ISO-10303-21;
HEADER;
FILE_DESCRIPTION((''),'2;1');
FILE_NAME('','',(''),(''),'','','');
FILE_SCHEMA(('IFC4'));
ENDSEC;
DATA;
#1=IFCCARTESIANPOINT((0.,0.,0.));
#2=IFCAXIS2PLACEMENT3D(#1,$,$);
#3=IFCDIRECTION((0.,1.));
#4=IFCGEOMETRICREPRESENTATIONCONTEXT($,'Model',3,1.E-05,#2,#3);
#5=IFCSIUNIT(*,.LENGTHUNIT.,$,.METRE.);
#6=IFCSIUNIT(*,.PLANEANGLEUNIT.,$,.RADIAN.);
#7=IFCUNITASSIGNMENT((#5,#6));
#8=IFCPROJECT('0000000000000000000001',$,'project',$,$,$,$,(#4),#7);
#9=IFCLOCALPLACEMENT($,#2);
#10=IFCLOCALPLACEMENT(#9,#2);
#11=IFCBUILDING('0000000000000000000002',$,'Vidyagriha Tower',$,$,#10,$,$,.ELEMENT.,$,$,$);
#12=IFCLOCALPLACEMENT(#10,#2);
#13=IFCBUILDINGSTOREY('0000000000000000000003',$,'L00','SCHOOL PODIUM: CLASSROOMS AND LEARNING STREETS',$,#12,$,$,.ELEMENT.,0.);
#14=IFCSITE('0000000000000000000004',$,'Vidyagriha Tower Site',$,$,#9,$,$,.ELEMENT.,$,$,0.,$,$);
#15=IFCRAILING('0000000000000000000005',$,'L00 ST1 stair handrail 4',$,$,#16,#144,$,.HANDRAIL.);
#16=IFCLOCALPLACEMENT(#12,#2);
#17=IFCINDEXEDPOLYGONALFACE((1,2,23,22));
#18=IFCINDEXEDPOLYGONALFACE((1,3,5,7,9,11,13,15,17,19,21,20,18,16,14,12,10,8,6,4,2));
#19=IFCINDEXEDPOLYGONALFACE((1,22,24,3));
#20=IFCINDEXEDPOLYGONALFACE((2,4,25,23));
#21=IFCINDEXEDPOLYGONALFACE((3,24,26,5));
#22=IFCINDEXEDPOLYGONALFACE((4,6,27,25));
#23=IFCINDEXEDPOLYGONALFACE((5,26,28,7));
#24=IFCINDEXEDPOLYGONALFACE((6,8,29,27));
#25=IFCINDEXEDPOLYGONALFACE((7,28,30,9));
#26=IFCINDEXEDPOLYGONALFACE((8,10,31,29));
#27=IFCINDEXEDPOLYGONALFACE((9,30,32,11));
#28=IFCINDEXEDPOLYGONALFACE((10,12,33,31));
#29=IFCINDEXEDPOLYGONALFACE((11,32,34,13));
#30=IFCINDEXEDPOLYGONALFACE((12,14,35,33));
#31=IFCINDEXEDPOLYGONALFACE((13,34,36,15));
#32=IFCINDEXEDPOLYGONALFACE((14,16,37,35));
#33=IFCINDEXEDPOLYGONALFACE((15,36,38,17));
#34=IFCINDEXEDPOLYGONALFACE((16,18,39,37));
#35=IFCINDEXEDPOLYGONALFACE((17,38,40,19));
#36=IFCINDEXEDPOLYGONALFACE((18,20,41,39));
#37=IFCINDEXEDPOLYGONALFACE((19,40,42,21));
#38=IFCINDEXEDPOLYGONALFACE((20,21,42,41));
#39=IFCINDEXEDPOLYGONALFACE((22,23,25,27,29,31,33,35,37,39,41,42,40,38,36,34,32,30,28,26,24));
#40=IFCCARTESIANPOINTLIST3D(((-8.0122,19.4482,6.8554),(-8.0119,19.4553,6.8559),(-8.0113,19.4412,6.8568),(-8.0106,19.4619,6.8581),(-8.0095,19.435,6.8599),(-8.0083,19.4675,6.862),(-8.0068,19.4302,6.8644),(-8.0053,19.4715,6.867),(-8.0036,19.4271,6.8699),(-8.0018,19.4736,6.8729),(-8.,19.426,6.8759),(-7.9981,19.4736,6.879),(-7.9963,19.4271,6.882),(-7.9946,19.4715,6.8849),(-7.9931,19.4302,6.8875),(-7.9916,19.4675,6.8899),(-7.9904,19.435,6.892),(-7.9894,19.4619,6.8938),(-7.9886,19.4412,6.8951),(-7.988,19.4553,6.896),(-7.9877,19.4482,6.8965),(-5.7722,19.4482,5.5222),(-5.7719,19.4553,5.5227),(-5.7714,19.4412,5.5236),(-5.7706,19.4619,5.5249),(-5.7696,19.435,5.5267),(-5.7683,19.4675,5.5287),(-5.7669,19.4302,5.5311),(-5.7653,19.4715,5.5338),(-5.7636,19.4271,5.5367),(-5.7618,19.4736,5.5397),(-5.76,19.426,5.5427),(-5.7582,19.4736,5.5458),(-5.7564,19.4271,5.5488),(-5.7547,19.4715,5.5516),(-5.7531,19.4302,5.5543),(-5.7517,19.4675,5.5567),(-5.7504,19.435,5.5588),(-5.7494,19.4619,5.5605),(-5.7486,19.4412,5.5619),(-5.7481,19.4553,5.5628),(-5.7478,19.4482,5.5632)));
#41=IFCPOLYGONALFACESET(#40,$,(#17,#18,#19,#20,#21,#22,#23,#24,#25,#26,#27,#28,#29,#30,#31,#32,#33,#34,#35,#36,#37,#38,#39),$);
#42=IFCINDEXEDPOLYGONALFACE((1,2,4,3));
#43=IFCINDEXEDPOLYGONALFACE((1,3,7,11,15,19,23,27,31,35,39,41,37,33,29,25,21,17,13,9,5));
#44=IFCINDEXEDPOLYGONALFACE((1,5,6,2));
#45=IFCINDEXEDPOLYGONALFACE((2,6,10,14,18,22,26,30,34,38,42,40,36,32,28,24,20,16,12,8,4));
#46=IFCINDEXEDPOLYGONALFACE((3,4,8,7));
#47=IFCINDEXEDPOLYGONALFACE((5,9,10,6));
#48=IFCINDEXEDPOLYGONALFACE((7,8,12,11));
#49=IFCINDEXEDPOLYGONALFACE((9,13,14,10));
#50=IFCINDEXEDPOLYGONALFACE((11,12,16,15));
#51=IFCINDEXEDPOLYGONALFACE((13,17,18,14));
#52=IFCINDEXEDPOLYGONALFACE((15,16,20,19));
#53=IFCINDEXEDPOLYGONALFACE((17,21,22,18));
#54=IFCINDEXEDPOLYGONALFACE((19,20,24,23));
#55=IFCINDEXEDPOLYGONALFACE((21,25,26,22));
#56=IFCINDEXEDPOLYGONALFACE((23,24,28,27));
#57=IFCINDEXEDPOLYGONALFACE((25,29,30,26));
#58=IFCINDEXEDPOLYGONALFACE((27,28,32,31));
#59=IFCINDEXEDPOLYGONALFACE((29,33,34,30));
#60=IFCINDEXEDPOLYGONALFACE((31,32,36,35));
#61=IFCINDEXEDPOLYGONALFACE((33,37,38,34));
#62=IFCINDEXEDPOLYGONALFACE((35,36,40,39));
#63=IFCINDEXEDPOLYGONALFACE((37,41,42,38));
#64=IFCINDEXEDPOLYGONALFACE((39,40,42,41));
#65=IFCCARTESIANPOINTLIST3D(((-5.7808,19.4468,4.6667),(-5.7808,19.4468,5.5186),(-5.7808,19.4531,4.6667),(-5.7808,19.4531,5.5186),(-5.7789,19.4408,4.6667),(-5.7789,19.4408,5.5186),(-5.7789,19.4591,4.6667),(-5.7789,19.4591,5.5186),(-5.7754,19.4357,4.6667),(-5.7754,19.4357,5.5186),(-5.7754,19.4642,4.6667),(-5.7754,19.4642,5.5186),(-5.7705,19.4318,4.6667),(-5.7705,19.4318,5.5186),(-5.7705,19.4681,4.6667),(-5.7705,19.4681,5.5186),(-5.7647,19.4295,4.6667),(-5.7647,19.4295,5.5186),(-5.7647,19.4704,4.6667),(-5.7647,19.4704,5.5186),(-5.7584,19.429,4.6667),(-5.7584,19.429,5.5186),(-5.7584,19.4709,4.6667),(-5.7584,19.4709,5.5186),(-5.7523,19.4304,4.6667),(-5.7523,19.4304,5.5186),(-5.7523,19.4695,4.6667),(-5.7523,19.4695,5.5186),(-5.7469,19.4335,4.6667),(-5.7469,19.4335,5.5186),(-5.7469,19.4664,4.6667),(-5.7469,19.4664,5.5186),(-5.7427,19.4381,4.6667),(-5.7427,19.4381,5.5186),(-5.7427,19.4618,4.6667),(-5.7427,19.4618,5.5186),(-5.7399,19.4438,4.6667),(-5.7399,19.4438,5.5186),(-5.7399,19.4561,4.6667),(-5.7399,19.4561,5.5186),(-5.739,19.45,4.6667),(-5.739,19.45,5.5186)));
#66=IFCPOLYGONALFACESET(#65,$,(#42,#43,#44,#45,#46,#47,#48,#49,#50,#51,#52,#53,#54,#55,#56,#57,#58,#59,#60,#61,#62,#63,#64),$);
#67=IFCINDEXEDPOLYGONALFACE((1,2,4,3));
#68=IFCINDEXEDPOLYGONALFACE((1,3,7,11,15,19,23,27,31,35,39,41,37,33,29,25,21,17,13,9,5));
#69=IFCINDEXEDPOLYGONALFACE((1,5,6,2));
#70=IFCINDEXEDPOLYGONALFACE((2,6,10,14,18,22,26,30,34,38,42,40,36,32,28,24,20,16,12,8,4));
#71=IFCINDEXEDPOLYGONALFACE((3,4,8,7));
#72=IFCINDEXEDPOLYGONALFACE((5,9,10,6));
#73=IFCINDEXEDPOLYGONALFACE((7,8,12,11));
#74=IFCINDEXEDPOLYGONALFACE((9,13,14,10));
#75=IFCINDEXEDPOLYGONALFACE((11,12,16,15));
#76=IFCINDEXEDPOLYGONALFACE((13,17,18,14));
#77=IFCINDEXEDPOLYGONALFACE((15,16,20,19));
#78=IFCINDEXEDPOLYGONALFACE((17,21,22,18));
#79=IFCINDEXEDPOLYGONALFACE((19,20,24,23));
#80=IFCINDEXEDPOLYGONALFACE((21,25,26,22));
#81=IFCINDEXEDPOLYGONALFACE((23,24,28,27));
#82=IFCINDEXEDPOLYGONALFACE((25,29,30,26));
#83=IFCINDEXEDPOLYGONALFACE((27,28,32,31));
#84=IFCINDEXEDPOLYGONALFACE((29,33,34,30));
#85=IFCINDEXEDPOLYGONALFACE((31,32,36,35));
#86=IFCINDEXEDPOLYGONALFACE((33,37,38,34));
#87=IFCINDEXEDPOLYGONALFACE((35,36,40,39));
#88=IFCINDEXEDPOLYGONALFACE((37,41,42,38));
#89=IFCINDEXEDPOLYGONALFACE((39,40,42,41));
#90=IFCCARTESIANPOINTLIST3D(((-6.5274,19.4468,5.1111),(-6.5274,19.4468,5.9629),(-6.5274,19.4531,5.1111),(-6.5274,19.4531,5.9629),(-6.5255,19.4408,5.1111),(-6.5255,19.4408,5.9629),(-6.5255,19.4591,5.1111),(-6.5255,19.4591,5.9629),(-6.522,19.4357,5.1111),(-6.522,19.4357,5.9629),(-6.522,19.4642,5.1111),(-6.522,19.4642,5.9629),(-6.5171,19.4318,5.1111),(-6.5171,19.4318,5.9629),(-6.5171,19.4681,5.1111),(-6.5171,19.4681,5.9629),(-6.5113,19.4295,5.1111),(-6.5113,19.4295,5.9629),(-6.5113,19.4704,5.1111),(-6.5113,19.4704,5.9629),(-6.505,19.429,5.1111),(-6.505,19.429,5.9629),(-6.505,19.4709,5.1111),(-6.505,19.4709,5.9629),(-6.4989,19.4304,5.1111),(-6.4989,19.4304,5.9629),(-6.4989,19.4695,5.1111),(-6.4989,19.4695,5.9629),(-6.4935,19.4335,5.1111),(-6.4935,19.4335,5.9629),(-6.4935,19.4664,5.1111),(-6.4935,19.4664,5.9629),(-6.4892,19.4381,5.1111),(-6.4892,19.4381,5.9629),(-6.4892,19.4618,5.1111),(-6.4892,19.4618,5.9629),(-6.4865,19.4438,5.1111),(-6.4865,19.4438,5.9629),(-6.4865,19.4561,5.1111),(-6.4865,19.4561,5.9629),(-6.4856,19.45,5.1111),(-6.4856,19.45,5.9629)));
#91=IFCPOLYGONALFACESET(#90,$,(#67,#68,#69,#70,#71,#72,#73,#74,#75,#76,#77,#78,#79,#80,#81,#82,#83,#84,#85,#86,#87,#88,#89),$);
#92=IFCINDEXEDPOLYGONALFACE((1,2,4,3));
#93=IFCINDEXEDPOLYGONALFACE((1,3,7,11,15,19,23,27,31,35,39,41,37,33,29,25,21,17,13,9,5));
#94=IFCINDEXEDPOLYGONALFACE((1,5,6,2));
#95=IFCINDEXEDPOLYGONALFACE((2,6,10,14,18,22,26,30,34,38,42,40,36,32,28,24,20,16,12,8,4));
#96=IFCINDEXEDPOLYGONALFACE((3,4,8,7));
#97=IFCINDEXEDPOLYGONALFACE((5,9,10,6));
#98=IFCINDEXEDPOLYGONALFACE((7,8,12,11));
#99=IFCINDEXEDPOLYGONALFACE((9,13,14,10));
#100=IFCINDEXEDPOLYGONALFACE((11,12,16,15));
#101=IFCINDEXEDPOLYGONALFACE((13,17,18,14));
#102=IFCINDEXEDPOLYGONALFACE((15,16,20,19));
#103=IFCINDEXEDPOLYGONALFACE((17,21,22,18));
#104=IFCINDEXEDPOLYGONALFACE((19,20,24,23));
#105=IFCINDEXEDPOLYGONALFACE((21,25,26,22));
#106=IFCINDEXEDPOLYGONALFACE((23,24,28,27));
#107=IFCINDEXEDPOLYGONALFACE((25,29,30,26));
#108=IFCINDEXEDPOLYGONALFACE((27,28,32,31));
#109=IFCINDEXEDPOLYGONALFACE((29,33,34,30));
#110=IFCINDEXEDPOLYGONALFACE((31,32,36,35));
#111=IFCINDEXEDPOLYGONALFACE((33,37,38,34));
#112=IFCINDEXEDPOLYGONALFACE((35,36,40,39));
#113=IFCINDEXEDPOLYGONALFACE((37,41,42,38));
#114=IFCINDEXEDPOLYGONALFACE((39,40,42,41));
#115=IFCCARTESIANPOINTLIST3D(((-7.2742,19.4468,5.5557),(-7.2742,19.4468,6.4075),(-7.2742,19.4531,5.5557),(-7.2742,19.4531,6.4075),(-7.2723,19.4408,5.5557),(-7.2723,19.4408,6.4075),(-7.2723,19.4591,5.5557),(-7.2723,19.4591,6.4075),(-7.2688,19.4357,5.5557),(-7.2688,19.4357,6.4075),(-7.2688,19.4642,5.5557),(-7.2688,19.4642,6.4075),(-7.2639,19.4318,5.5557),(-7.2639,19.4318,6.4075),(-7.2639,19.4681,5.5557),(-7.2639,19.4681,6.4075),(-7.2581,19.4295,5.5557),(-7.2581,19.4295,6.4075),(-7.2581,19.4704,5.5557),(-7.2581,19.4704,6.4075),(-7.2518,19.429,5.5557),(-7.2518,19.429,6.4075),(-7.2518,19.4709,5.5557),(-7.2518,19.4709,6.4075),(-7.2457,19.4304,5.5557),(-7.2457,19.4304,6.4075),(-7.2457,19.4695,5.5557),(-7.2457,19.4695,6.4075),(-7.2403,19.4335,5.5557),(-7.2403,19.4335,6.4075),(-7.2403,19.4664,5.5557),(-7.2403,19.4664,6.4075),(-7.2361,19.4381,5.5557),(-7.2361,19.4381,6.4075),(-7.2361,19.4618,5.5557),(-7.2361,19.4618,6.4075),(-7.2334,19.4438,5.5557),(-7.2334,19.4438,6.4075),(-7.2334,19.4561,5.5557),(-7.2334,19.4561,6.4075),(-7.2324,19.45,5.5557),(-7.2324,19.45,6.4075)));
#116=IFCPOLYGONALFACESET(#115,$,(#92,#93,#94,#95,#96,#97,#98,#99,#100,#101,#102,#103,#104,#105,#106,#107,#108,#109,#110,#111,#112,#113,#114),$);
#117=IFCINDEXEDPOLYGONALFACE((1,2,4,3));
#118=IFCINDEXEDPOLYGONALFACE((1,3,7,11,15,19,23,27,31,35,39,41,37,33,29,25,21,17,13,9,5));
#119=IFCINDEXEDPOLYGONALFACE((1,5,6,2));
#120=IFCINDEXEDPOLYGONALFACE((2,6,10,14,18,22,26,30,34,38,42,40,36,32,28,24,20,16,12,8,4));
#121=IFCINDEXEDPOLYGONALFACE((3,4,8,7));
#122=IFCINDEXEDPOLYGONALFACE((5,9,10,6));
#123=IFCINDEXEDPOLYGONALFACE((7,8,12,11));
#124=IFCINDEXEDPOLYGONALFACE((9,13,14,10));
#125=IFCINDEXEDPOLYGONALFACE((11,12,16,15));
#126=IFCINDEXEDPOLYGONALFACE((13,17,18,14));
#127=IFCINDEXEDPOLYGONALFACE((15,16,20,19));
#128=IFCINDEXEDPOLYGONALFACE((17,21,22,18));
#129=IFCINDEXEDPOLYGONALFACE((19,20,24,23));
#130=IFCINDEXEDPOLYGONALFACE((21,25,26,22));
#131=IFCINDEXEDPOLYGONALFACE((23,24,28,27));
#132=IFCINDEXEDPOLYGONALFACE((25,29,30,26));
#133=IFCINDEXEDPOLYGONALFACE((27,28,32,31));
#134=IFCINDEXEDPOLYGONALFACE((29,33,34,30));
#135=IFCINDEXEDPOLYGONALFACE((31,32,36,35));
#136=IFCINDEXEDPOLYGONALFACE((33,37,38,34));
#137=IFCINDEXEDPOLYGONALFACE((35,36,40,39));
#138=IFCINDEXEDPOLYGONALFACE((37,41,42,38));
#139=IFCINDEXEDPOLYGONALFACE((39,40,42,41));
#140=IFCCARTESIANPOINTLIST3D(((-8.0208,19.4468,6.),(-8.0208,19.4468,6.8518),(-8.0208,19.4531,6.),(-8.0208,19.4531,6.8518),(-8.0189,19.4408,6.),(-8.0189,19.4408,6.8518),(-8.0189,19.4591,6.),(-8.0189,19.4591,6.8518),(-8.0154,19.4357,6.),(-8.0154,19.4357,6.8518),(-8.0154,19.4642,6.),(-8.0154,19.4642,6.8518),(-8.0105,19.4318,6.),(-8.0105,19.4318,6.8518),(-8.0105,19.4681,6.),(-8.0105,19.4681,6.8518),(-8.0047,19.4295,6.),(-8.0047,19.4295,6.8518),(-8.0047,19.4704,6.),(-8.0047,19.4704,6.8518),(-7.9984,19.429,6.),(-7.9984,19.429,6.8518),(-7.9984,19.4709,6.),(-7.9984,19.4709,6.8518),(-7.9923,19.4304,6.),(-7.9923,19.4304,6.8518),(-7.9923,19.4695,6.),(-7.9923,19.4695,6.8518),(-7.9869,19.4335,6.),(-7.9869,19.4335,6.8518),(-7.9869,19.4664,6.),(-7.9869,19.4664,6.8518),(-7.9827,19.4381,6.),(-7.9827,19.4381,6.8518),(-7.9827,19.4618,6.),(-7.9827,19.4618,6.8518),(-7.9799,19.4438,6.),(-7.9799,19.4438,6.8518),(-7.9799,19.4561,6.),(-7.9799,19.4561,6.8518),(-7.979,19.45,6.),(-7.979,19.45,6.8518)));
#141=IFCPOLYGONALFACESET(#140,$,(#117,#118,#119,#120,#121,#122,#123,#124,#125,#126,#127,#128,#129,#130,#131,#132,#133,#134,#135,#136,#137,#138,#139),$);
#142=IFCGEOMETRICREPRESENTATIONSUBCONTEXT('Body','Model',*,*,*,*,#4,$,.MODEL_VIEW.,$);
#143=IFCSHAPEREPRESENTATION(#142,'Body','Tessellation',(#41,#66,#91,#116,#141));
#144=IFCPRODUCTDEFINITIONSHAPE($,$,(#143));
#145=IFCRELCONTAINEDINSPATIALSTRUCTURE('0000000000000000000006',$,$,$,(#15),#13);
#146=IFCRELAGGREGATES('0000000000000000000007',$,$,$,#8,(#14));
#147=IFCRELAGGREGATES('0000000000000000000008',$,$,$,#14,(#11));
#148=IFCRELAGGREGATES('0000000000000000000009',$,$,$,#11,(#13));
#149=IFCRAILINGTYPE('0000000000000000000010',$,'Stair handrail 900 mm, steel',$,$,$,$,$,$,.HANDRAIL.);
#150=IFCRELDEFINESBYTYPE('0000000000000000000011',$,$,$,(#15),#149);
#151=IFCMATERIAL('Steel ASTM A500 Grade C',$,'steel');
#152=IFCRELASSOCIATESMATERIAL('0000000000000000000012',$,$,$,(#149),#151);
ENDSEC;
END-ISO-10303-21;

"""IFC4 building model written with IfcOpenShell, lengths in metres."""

from ifc_helpers import new_model, si_unit, direction, frame, origin, origin_2d, place, context, subcontext, project, spatial, circle, extrude, material, type_object, element, save


model = new_model("IFC4")

# Units and contexts
model_context = context("Model", 3, precision=1e-05, world=origin(), true_north=direction((0.0, 1.0)))
body_context = subcontext(model_context, "Body", "Model", "MODEL_VIEW")
ifc_project = project(units=[si_unit("LENGTHUNIT", "METRE"), si_unit("PLANEANGLEUNIT", "RADIAN")], contexts=[model_context])

# Site, building, storey
site_placement = place(None, origin())
site = spatial("IfcSite", under=ifc_project, at=site_placement, Name="Vidyagriha Tower Site", CompositionType="ELEMENT", RefElevation=0.0)
building_placement = place(site_placement, origin())
building = spatial("IfcBuilding", under=site, at=building_placement, Name="Vidyagriha Tower", CompositionType="ELEMENT")
storey_placement = place(building_placement, origin())
storey = spatial("IfcBuildingStorey", under=building, at=storey_placement, Name="L00", Description="SCHOOL PODIUM: CLASSROOMS AND LEARNING STREETS", CompositionType="ELEMENT", Elevation=0.0)

# Railing
ifc_material_1 = material(Name="Steel ASTM A500 Grade C", Category="steel")
railing_type_1 = type_object("IfcRailingType", Name="Stair handrail 900 mm, steel", PredefinedType="HANDRAIL", material=ifc_material_1)
railing_1_placement = place(storey_placement, frame((-5.76, 19.45, 4.6667)))
element("IfcRailing", 1, at=railing_1_placement, inside=storey, type_object=railing_type_1, Name="L00 ST1 stair handrail 4", PredefinedType="HANDRAIL", context=body_context, shape_type="SweptSolid", body=[
    extrude(circle(Radius=0.0239, at=origin_2d()), frame((0.0, 0.0, 0.876), z_axis=(-0.859306, 0.0, 0.511462), x_axis=(0.0, -1.0, 0.0)), (0.0, 0.0, 1.0), 2.6067),
    extrude(circle(Radius=0.021, at=origin_2d()), origin(), (0.0, 0.0, 1.0), 0.8518),
    extrude(circle(Radius=0.021, at=origin_2d()), frame((-0.7466, 0.0, 0.4443)), (0.0, 0.0, 1.0), 0.8518),
    extrude(circle(Radius=0.021, at=origin_2d()), frame((-1.4934, 0.0, 0.8889)), (0.0, 0.0, 1.0), 0.8518),
    extrude(circle(Radius=0.021, at=origin_2d()), frame((-2.24, 0.0, 1.3333)), (0.0, 0.0, 1.0), 0.8518),
])

save(model, "model.ifc")
